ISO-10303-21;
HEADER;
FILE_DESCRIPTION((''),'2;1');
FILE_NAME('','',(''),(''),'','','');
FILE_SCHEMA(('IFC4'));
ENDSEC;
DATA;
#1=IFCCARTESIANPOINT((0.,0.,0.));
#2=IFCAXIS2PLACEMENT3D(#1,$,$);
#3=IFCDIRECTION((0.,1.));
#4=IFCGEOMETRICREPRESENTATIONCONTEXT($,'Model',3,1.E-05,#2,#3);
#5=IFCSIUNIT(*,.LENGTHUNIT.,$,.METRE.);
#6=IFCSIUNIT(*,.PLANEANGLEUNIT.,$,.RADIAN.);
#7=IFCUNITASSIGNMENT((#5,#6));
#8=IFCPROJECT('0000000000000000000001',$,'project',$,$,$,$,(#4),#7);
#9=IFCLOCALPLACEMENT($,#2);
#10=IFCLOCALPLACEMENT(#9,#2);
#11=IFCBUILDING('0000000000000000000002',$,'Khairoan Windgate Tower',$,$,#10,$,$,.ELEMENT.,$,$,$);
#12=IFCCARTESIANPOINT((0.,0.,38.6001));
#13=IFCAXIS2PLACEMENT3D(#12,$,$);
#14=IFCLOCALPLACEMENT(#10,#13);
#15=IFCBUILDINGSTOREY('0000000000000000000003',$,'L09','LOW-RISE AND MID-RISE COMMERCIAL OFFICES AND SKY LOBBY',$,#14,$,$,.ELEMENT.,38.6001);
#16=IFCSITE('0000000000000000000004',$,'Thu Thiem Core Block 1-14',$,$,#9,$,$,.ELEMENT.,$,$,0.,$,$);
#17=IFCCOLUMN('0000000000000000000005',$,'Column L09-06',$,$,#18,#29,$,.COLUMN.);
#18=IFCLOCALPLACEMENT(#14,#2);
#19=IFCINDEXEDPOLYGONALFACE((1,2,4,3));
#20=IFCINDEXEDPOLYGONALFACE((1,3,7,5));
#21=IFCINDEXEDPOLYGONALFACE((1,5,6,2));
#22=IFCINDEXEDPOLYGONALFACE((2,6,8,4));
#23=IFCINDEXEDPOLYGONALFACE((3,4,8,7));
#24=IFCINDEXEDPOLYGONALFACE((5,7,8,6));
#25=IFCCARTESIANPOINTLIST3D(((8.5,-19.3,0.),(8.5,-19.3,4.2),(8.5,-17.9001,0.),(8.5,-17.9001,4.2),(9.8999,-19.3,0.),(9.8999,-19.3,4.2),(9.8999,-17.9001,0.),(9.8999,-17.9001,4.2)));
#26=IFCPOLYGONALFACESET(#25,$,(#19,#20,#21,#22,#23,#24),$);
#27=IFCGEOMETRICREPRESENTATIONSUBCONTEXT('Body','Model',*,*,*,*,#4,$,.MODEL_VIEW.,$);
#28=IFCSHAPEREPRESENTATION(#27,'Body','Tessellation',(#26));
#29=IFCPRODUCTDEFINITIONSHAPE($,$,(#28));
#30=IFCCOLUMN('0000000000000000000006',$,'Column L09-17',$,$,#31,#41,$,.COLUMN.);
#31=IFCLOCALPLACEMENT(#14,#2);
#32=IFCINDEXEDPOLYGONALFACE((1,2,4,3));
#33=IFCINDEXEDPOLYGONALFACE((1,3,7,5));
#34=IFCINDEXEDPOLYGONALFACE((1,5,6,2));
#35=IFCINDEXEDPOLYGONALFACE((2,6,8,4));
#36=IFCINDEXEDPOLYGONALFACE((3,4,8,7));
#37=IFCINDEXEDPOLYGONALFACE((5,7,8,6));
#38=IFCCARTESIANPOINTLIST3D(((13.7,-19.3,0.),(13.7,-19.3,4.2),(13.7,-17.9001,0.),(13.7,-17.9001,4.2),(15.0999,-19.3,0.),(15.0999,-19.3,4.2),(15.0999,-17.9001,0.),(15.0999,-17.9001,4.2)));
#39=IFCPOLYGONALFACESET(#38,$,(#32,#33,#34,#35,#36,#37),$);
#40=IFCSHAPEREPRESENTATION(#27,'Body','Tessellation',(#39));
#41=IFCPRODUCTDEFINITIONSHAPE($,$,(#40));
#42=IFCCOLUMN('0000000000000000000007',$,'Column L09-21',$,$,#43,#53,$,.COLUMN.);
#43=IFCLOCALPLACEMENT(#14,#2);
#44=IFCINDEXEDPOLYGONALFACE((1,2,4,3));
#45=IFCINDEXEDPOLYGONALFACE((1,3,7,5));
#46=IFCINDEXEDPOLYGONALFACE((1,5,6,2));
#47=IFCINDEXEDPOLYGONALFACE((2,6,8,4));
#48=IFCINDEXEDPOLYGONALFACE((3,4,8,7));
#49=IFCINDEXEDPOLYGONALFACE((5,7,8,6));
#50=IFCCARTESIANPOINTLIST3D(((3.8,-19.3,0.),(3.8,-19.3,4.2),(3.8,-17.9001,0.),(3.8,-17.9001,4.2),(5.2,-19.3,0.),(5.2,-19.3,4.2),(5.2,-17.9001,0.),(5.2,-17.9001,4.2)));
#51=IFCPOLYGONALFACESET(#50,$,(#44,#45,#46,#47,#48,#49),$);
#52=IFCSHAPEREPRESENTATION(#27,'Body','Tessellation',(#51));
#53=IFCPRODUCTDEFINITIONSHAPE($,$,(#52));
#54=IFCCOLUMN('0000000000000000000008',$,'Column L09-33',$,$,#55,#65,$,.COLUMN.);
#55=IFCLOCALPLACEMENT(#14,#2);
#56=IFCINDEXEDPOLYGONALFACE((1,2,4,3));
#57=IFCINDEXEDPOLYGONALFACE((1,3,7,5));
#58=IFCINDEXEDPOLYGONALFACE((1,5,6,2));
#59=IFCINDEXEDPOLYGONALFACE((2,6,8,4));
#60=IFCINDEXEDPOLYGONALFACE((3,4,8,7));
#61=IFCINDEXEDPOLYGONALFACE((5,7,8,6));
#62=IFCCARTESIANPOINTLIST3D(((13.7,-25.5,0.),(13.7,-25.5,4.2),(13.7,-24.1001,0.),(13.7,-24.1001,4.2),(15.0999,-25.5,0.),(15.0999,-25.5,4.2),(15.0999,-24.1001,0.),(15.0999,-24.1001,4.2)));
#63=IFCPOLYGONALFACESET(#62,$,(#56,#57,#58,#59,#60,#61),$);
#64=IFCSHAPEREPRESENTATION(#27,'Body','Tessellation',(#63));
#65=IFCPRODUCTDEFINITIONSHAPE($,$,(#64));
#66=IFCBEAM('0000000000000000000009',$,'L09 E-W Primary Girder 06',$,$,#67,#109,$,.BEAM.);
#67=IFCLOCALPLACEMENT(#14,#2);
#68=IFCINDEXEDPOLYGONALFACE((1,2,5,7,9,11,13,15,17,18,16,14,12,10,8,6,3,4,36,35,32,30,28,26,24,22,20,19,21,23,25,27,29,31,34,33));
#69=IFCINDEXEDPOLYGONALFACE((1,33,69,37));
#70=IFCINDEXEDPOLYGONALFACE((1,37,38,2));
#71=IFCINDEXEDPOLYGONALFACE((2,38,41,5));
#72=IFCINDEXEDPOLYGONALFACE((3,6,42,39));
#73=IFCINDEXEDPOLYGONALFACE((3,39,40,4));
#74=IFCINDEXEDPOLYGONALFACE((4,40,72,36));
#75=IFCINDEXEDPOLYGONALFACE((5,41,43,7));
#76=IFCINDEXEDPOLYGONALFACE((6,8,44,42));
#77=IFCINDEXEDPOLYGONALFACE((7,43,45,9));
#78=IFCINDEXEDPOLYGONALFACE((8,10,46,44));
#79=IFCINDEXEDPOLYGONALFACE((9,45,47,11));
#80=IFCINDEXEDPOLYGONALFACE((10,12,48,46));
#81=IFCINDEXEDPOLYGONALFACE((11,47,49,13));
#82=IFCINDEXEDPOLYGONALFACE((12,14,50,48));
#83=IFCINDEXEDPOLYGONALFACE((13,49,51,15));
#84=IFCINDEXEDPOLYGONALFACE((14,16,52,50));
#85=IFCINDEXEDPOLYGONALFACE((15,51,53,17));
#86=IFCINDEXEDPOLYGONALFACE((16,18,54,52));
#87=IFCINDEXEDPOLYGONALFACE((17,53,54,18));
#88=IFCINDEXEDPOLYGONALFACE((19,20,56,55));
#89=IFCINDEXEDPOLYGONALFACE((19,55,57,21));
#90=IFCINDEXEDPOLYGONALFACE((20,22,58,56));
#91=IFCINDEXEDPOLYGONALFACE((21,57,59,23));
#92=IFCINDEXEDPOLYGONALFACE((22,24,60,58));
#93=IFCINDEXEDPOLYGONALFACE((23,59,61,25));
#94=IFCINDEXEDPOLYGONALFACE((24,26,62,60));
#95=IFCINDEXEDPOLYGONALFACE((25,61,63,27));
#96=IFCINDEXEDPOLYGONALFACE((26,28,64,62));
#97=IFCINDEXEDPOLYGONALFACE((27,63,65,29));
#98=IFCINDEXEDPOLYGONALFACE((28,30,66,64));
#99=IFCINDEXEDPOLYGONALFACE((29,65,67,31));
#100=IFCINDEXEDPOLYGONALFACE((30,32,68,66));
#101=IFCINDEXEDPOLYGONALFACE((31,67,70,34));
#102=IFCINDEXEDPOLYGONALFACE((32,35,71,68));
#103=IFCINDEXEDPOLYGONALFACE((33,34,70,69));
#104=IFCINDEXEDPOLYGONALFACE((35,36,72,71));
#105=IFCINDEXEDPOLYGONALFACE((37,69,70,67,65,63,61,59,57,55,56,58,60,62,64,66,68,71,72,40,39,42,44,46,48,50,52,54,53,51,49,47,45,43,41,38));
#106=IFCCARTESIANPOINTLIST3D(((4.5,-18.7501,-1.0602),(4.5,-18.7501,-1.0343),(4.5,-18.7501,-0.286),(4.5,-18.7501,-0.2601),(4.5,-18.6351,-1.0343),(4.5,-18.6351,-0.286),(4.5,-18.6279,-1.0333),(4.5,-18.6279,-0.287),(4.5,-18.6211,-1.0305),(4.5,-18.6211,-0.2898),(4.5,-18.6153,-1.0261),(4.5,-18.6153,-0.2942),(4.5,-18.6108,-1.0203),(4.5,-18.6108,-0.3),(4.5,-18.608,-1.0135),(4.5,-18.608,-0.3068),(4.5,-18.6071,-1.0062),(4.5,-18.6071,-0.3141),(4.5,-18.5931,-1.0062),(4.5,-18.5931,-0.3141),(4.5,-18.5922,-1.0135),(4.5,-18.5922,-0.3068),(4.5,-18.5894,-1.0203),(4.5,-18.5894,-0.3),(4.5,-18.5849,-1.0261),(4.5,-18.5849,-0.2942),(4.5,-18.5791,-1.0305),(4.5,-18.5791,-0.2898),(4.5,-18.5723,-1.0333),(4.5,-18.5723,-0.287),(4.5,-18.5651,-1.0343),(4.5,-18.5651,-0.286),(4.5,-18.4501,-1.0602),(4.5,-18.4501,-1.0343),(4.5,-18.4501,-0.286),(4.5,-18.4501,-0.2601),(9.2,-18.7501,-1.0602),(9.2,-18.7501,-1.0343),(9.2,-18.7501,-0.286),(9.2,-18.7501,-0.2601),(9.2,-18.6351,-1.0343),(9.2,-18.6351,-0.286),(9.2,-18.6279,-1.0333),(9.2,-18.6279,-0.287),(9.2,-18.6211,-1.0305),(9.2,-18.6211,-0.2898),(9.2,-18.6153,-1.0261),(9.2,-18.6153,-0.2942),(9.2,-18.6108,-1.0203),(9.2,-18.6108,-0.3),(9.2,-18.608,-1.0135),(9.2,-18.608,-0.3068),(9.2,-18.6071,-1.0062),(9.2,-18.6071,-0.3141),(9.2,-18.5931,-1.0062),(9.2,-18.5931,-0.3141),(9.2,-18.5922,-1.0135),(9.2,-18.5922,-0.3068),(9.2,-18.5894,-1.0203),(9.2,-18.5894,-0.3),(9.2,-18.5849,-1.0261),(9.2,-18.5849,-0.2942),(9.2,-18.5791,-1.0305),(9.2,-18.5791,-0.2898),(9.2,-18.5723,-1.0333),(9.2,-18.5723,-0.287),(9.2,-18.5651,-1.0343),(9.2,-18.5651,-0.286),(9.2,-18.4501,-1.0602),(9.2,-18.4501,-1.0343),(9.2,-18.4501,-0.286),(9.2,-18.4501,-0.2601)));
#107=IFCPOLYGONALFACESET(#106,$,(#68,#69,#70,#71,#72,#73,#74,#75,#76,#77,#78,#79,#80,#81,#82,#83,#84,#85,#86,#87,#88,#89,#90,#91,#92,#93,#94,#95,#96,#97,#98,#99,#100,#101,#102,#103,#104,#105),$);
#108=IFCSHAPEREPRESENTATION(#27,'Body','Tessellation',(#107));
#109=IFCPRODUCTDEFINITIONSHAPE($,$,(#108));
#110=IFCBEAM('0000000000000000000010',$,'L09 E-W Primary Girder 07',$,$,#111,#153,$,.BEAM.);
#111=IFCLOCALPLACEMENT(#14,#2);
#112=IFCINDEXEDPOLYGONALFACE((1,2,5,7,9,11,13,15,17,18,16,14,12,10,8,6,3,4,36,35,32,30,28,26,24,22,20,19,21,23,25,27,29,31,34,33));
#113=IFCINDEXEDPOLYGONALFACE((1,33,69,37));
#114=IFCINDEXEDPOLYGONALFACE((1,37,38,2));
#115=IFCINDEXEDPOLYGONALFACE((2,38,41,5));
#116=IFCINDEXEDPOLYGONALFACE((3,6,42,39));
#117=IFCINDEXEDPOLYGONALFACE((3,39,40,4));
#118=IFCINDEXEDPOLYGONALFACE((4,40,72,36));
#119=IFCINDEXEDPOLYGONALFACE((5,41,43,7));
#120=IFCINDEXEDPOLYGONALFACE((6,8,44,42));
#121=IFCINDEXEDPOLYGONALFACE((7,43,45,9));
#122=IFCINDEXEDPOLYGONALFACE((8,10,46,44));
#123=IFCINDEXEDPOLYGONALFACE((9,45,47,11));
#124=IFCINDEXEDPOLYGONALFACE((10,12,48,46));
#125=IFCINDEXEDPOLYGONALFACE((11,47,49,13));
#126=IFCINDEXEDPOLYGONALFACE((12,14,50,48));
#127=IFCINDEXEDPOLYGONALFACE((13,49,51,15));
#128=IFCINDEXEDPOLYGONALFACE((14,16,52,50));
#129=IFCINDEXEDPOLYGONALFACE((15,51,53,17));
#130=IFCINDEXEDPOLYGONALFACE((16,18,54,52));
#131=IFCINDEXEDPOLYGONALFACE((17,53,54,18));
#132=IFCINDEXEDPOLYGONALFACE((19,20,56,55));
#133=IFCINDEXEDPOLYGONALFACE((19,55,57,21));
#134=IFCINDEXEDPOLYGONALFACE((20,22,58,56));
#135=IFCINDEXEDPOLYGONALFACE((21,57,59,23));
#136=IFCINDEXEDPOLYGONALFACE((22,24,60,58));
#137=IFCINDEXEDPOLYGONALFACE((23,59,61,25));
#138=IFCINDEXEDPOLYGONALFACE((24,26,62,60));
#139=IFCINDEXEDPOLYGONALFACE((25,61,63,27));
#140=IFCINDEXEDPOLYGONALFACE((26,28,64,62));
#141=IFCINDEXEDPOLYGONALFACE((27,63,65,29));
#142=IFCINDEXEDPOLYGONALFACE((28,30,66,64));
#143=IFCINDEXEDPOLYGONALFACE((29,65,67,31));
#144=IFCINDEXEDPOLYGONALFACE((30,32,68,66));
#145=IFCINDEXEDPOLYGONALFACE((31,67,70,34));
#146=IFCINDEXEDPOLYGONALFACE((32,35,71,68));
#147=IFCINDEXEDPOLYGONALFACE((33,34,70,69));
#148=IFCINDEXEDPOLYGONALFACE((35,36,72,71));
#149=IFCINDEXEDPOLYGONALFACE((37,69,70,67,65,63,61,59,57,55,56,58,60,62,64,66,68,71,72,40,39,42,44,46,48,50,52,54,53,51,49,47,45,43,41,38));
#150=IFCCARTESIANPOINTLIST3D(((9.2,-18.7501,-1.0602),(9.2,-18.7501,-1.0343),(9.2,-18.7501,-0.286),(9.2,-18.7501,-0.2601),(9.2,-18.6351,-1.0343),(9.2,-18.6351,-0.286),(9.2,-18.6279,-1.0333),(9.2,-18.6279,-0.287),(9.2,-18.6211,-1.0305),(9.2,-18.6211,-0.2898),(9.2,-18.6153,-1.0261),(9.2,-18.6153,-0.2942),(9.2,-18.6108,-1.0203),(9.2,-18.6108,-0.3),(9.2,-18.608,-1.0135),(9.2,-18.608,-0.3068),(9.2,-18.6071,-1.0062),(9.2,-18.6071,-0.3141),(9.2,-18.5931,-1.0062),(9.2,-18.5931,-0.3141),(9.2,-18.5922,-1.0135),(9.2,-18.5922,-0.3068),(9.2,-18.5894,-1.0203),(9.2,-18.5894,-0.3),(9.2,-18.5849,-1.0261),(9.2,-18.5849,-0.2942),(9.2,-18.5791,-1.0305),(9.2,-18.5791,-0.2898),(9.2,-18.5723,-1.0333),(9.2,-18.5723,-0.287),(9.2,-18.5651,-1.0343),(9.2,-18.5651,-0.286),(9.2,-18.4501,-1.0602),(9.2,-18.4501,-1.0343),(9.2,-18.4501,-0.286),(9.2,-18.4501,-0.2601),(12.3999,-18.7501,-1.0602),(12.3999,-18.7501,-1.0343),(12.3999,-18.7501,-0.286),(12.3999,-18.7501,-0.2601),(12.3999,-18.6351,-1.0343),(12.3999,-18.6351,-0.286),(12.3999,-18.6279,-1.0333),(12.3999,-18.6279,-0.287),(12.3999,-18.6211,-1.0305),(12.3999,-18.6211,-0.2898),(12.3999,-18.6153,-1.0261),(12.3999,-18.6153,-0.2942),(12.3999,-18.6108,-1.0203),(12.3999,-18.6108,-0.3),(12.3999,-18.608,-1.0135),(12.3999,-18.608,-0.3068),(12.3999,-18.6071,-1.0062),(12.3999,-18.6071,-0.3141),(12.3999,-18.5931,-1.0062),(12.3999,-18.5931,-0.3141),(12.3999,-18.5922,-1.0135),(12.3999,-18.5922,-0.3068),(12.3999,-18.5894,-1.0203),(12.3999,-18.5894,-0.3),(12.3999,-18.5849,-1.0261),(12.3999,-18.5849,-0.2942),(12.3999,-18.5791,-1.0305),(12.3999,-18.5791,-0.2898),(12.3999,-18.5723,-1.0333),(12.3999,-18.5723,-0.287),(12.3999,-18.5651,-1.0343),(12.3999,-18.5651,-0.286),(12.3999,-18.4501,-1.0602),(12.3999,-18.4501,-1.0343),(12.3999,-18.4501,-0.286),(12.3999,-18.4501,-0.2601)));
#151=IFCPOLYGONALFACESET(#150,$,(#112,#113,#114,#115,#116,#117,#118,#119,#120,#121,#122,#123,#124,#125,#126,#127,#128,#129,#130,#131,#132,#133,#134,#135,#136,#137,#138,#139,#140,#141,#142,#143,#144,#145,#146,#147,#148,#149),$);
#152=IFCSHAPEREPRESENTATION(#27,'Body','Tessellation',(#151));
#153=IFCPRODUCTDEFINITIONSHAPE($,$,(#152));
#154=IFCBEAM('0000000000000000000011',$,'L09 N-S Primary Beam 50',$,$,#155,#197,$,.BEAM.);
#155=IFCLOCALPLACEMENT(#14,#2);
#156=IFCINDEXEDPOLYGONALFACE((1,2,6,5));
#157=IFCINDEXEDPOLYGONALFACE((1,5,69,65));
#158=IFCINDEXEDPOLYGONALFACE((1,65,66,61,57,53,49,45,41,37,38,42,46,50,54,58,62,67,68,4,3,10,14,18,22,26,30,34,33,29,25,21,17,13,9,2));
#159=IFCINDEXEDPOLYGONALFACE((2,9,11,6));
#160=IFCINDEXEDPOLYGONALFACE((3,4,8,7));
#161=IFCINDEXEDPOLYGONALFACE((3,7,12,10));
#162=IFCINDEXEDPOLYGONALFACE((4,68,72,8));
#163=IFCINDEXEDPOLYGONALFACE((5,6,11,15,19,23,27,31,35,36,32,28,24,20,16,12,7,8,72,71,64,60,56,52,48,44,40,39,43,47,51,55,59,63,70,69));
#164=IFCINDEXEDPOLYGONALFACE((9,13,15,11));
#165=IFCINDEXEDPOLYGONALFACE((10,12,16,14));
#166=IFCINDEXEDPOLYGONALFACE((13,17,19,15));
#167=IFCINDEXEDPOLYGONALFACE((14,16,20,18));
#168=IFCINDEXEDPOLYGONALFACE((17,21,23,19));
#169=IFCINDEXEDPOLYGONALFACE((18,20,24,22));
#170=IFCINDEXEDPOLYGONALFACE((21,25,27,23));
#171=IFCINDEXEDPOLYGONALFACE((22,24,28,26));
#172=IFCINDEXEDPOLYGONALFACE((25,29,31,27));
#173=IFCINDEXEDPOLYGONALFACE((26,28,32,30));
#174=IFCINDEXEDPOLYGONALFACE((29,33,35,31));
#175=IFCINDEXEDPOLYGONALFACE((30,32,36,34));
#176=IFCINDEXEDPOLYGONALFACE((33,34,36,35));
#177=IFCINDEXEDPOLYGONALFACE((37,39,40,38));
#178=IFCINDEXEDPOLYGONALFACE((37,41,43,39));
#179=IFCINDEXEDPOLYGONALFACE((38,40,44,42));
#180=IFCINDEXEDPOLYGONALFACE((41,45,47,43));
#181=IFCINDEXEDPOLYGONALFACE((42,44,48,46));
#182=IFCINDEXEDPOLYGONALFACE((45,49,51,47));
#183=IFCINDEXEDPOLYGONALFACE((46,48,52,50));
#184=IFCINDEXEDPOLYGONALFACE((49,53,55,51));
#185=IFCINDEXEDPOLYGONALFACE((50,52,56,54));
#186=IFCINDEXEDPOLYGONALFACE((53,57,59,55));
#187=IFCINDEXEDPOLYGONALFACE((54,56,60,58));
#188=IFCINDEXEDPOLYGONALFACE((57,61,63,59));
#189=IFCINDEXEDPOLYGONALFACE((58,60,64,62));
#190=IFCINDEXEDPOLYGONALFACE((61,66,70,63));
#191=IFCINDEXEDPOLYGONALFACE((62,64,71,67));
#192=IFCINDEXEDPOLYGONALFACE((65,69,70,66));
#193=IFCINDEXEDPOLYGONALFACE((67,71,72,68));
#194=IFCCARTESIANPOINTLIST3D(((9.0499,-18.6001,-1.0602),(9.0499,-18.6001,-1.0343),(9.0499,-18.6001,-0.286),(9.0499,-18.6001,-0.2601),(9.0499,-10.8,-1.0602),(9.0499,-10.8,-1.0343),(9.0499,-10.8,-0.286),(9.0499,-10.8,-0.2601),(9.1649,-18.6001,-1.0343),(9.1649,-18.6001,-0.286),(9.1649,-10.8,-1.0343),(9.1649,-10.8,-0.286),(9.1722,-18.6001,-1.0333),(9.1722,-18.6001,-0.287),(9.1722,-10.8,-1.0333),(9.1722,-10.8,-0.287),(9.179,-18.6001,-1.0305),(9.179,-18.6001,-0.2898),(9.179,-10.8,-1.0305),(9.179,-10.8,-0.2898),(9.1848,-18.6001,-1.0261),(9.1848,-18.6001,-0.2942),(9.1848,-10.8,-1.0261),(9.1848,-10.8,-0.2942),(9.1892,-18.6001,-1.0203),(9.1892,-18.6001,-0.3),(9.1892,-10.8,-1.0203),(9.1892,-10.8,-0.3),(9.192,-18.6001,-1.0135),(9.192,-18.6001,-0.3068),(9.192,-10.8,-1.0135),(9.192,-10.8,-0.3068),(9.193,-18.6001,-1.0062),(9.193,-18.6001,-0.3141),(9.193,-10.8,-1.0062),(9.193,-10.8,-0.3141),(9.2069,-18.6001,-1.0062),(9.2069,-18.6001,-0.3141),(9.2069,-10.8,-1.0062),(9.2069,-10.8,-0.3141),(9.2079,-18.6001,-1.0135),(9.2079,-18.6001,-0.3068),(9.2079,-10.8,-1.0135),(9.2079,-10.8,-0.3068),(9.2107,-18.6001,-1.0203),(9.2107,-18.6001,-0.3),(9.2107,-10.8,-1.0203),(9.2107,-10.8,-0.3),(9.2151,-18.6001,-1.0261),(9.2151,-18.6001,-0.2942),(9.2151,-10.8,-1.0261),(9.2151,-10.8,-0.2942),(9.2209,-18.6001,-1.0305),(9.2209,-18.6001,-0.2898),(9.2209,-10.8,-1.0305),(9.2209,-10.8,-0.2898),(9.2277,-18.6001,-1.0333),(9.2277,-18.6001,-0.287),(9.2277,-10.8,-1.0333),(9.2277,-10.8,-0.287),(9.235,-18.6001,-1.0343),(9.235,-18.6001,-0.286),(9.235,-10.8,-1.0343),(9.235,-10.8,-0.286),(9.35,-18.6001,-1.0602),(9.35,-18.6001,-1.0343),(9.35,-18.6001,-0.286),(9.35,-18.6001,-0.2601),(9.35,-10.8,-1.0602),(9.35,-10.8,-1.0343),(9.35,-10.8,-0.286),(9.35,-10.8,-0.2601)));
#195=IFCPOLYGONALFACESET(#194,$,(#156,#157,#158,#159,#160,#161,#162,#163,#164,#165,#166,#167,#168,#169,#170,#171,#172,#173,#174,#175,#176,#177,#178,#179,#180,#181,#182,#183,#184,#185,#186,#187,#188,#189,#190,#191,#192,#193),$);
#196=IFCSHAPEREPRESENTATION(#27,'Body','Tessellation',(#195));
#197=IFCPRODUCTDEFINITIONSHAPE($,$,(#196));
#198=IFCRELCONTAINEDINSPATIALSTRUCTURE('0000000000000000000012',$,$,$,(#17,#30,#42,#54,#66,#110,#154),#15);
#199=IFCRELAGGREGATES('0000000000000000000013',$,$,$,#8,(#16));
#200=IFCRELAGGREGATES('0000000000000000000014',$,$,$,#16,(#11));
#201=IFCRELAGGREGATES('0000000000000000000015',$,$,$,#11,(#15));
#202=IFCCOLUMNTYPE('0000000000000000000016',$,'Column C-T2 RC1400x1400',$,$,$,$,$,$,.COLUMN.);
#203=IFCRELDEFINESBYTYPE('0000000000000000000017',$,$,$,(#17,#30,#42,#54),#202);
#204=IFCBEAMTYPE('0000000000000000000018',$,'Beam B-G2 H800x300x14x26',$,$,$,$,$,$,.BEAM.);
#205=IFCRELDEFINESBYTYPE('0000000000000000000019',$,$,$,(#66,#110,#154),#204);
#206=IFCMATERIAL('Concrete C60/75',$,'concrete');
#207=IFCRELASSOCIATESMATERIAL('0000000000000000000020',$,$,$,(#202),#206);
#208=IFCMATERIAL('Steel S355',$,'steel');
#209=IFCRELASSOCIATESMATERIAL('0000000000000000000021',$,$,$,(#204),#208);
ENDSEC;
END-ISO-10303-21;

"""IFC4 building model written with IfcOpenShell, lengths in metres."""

from ifc_helpers import new_model, si_unit, direction, frame, origin, origin_2d, place, context, subcontext, project, spatial, rectangle, i_section, extrude, material, material_profile, profile_set, type_object, element, save


model = new_model("IFC4")

# Units and contexts
model_context = context("Model", 3, precision=1e-05, world=origin(), true_north=direction((0.0, 1.0)))
body_context = subcontext(model_context, "Body", "Model", "MODEL_VIEW")
ifc_project = project(units=[si_unit("LENGTHUNIT", "METRE"), si_unit("PLANEANGLEUNIT", "RADIAN")], contexts=[model_context])

# Site, building, storey
site_placement = place(None, origin())
site = spatial("IfcSite", under=ifc_project, at=site_placement, Name="Thu Thiem Core Block 1-14", CompositionType="ELEMENT", RefElevation=0.0)
building_placement = place(site_placement, origin())
building = spatial("IfcBuilding", under=site, at=building_placement, Name="Khairoan Windgate Tower", CompositionType="ELEMENT")
storey_placement = place(building_placement, frame((0.0, 0.0, 38.6001)))
storey = spatial("IfcBuildingStorey", under=building, at=storey_placement, Name="L09", Description="LOW-RISE AND MID-RISE COMMERCIAL OFFICES AND SKY LOBBY", CompositionType="ELEMENT", Elevation=38.6001)

# Columns
ifc_material_1 = material(Name="Concrete C60/75", Category="concrete")
ifc_material_profile_1 = material_profile(ifc_material_1, rectangle(XDim=1.3999, YDim=1.3999, at=origin_2d()))
ifc_profile_set_1 = profile_set([ifc_material_profile_1], Name="Concrete C60/75")
column_type = type_object("IfcColumnType", Name="Column C-T2 RC1400x1400", PredefinedType="COLUMN", material=ifc_profile_set_1)
for number, where, z_axis, x_axis, name in (
    (1, (9.2, -18.6001, 0.0), (0.0, 0.0, 1.0), (1.0, 0.0, 0.0), "Column L09-06"),
    (2, (14.3999, -18.6001, 0.0), (0.0, 0.0, 1.0), (1.0, 0.0, 0.0), "Column L09-17"),
    (3, (4.5, -18.6001, 0.0), (0.0, 0.0, 1.0), (1.0, 0.0, 0.0), "Column L09-21"),
    (4, (14.3999, -24.8, 0.0), (0.0, 0.0, 1.0), (1.0, 0.0, 0.0), "Column L09-33"),
):
    element("IfcColumn", number, at=place(storey_placement, frame(where, z_axis=z_axis, x_axis=x_axis)), inside=storey, type_object=column_type, Name=name, PredefinedType="COLUMN", context=body_context, shape_type="SweptSolid", body=[
        extrude(rectangle(XDim=1.3999, YDim=1.3999, at=origin_2d()), origin(), (0.0, 0.0, 1.0), 4.2),
    ])

# Beams
ifc_material_2 = material(Name="Steel S355", Category="steel")
ifc_material_profile_2 = material_profile(ifc_material_2, i_section(OverallWidth=0.3, OverallDepth=0.8, WebThickness=0.0139, FlangeThickness=0.0259, FilletRadius=0.0281, at=origin_2d()))
ifc_profile_set_2 = profile_set([ifc_material_profile_2], Name="Steel S355")
beam_type_1 = type_object("IfcBeamType", Name="Beam B-G2 H800x300x14x26", PredefinedType="BEAM", material=ifc_profile_set_2)
beam_1_placement = place(storey_placement, frame((4.5, -18.6001, -0.6602), z_axis=(1.0, 0.0, 0.0), x_axis=(0.0, 1.0, 0.0)))
element("IfcBeam", 5, at=beam_1_placement, inside=storey, type_object=beam_type_1, Name="L09 E-W Primary Girder 06", PredefinedType="BEAM", context=body_context, shape_type="SweptSolid", body=[
    extrude(i_section(OverallWidth=0.3, OverallDepth=0.8, WebThickness=0.0139, FlangeThickness=0.0259, FilletRadius=0.0281, at=origin_2d()), origin(), (0.0, 0.0, 1.0), 4.7),
])
beam_2_placement = place(storey_placement, frame((9.2, -18.6001, -0.6602), z_axis=(1.0, 0.0, 0.0), x_axis=(0.0, 1.0, 0.0)))
element("IfcBeam", 6, at=beam_2_placement, inside=storey, type_object=beam_type_1, Name="L09 E-W Primary Girder 07", PredefinedType="BEAM", context=body_context, shape_type="SweptSolid", body=[
    extrude(i_section(OverallWidth=0.3, OverallDepth=0.8, WebThickness=0.0139, FlangeThickness=0.0259, FilletRadius=0.0281, at=origin_2d()), origin(), (0.0, 0.0, 1.0), 3.2),
])
for number, where, z_axis, x_axis, name in (
    (7, (9.2, -18.6001, -0.6602), (0.0, 1.0, 0.0), (-1.0, 0.0, 0.0), "L09 N-S Primary Beam 50"),
):
    element("IfcBeam", number, at=place(storey_placement, frame(where, z_axis=z_axis, x_axis=x_axis)), inside=storey, type_object=beam_type_1, Name=name, PredefinedType="BEAM", context=body_context, shape_type="SweptSolid", body=[
        extrude(i_section(OverallWidth=0.3, OverallDepth=0.8, WebThickness=0.0139, FlangeThickness=0.0259, FilletRadius=0.0281, at=origin_2d()), origin(), (0.0, 0.0, 1.0), 7.8),
    ])

save(model, "model.ifc")
